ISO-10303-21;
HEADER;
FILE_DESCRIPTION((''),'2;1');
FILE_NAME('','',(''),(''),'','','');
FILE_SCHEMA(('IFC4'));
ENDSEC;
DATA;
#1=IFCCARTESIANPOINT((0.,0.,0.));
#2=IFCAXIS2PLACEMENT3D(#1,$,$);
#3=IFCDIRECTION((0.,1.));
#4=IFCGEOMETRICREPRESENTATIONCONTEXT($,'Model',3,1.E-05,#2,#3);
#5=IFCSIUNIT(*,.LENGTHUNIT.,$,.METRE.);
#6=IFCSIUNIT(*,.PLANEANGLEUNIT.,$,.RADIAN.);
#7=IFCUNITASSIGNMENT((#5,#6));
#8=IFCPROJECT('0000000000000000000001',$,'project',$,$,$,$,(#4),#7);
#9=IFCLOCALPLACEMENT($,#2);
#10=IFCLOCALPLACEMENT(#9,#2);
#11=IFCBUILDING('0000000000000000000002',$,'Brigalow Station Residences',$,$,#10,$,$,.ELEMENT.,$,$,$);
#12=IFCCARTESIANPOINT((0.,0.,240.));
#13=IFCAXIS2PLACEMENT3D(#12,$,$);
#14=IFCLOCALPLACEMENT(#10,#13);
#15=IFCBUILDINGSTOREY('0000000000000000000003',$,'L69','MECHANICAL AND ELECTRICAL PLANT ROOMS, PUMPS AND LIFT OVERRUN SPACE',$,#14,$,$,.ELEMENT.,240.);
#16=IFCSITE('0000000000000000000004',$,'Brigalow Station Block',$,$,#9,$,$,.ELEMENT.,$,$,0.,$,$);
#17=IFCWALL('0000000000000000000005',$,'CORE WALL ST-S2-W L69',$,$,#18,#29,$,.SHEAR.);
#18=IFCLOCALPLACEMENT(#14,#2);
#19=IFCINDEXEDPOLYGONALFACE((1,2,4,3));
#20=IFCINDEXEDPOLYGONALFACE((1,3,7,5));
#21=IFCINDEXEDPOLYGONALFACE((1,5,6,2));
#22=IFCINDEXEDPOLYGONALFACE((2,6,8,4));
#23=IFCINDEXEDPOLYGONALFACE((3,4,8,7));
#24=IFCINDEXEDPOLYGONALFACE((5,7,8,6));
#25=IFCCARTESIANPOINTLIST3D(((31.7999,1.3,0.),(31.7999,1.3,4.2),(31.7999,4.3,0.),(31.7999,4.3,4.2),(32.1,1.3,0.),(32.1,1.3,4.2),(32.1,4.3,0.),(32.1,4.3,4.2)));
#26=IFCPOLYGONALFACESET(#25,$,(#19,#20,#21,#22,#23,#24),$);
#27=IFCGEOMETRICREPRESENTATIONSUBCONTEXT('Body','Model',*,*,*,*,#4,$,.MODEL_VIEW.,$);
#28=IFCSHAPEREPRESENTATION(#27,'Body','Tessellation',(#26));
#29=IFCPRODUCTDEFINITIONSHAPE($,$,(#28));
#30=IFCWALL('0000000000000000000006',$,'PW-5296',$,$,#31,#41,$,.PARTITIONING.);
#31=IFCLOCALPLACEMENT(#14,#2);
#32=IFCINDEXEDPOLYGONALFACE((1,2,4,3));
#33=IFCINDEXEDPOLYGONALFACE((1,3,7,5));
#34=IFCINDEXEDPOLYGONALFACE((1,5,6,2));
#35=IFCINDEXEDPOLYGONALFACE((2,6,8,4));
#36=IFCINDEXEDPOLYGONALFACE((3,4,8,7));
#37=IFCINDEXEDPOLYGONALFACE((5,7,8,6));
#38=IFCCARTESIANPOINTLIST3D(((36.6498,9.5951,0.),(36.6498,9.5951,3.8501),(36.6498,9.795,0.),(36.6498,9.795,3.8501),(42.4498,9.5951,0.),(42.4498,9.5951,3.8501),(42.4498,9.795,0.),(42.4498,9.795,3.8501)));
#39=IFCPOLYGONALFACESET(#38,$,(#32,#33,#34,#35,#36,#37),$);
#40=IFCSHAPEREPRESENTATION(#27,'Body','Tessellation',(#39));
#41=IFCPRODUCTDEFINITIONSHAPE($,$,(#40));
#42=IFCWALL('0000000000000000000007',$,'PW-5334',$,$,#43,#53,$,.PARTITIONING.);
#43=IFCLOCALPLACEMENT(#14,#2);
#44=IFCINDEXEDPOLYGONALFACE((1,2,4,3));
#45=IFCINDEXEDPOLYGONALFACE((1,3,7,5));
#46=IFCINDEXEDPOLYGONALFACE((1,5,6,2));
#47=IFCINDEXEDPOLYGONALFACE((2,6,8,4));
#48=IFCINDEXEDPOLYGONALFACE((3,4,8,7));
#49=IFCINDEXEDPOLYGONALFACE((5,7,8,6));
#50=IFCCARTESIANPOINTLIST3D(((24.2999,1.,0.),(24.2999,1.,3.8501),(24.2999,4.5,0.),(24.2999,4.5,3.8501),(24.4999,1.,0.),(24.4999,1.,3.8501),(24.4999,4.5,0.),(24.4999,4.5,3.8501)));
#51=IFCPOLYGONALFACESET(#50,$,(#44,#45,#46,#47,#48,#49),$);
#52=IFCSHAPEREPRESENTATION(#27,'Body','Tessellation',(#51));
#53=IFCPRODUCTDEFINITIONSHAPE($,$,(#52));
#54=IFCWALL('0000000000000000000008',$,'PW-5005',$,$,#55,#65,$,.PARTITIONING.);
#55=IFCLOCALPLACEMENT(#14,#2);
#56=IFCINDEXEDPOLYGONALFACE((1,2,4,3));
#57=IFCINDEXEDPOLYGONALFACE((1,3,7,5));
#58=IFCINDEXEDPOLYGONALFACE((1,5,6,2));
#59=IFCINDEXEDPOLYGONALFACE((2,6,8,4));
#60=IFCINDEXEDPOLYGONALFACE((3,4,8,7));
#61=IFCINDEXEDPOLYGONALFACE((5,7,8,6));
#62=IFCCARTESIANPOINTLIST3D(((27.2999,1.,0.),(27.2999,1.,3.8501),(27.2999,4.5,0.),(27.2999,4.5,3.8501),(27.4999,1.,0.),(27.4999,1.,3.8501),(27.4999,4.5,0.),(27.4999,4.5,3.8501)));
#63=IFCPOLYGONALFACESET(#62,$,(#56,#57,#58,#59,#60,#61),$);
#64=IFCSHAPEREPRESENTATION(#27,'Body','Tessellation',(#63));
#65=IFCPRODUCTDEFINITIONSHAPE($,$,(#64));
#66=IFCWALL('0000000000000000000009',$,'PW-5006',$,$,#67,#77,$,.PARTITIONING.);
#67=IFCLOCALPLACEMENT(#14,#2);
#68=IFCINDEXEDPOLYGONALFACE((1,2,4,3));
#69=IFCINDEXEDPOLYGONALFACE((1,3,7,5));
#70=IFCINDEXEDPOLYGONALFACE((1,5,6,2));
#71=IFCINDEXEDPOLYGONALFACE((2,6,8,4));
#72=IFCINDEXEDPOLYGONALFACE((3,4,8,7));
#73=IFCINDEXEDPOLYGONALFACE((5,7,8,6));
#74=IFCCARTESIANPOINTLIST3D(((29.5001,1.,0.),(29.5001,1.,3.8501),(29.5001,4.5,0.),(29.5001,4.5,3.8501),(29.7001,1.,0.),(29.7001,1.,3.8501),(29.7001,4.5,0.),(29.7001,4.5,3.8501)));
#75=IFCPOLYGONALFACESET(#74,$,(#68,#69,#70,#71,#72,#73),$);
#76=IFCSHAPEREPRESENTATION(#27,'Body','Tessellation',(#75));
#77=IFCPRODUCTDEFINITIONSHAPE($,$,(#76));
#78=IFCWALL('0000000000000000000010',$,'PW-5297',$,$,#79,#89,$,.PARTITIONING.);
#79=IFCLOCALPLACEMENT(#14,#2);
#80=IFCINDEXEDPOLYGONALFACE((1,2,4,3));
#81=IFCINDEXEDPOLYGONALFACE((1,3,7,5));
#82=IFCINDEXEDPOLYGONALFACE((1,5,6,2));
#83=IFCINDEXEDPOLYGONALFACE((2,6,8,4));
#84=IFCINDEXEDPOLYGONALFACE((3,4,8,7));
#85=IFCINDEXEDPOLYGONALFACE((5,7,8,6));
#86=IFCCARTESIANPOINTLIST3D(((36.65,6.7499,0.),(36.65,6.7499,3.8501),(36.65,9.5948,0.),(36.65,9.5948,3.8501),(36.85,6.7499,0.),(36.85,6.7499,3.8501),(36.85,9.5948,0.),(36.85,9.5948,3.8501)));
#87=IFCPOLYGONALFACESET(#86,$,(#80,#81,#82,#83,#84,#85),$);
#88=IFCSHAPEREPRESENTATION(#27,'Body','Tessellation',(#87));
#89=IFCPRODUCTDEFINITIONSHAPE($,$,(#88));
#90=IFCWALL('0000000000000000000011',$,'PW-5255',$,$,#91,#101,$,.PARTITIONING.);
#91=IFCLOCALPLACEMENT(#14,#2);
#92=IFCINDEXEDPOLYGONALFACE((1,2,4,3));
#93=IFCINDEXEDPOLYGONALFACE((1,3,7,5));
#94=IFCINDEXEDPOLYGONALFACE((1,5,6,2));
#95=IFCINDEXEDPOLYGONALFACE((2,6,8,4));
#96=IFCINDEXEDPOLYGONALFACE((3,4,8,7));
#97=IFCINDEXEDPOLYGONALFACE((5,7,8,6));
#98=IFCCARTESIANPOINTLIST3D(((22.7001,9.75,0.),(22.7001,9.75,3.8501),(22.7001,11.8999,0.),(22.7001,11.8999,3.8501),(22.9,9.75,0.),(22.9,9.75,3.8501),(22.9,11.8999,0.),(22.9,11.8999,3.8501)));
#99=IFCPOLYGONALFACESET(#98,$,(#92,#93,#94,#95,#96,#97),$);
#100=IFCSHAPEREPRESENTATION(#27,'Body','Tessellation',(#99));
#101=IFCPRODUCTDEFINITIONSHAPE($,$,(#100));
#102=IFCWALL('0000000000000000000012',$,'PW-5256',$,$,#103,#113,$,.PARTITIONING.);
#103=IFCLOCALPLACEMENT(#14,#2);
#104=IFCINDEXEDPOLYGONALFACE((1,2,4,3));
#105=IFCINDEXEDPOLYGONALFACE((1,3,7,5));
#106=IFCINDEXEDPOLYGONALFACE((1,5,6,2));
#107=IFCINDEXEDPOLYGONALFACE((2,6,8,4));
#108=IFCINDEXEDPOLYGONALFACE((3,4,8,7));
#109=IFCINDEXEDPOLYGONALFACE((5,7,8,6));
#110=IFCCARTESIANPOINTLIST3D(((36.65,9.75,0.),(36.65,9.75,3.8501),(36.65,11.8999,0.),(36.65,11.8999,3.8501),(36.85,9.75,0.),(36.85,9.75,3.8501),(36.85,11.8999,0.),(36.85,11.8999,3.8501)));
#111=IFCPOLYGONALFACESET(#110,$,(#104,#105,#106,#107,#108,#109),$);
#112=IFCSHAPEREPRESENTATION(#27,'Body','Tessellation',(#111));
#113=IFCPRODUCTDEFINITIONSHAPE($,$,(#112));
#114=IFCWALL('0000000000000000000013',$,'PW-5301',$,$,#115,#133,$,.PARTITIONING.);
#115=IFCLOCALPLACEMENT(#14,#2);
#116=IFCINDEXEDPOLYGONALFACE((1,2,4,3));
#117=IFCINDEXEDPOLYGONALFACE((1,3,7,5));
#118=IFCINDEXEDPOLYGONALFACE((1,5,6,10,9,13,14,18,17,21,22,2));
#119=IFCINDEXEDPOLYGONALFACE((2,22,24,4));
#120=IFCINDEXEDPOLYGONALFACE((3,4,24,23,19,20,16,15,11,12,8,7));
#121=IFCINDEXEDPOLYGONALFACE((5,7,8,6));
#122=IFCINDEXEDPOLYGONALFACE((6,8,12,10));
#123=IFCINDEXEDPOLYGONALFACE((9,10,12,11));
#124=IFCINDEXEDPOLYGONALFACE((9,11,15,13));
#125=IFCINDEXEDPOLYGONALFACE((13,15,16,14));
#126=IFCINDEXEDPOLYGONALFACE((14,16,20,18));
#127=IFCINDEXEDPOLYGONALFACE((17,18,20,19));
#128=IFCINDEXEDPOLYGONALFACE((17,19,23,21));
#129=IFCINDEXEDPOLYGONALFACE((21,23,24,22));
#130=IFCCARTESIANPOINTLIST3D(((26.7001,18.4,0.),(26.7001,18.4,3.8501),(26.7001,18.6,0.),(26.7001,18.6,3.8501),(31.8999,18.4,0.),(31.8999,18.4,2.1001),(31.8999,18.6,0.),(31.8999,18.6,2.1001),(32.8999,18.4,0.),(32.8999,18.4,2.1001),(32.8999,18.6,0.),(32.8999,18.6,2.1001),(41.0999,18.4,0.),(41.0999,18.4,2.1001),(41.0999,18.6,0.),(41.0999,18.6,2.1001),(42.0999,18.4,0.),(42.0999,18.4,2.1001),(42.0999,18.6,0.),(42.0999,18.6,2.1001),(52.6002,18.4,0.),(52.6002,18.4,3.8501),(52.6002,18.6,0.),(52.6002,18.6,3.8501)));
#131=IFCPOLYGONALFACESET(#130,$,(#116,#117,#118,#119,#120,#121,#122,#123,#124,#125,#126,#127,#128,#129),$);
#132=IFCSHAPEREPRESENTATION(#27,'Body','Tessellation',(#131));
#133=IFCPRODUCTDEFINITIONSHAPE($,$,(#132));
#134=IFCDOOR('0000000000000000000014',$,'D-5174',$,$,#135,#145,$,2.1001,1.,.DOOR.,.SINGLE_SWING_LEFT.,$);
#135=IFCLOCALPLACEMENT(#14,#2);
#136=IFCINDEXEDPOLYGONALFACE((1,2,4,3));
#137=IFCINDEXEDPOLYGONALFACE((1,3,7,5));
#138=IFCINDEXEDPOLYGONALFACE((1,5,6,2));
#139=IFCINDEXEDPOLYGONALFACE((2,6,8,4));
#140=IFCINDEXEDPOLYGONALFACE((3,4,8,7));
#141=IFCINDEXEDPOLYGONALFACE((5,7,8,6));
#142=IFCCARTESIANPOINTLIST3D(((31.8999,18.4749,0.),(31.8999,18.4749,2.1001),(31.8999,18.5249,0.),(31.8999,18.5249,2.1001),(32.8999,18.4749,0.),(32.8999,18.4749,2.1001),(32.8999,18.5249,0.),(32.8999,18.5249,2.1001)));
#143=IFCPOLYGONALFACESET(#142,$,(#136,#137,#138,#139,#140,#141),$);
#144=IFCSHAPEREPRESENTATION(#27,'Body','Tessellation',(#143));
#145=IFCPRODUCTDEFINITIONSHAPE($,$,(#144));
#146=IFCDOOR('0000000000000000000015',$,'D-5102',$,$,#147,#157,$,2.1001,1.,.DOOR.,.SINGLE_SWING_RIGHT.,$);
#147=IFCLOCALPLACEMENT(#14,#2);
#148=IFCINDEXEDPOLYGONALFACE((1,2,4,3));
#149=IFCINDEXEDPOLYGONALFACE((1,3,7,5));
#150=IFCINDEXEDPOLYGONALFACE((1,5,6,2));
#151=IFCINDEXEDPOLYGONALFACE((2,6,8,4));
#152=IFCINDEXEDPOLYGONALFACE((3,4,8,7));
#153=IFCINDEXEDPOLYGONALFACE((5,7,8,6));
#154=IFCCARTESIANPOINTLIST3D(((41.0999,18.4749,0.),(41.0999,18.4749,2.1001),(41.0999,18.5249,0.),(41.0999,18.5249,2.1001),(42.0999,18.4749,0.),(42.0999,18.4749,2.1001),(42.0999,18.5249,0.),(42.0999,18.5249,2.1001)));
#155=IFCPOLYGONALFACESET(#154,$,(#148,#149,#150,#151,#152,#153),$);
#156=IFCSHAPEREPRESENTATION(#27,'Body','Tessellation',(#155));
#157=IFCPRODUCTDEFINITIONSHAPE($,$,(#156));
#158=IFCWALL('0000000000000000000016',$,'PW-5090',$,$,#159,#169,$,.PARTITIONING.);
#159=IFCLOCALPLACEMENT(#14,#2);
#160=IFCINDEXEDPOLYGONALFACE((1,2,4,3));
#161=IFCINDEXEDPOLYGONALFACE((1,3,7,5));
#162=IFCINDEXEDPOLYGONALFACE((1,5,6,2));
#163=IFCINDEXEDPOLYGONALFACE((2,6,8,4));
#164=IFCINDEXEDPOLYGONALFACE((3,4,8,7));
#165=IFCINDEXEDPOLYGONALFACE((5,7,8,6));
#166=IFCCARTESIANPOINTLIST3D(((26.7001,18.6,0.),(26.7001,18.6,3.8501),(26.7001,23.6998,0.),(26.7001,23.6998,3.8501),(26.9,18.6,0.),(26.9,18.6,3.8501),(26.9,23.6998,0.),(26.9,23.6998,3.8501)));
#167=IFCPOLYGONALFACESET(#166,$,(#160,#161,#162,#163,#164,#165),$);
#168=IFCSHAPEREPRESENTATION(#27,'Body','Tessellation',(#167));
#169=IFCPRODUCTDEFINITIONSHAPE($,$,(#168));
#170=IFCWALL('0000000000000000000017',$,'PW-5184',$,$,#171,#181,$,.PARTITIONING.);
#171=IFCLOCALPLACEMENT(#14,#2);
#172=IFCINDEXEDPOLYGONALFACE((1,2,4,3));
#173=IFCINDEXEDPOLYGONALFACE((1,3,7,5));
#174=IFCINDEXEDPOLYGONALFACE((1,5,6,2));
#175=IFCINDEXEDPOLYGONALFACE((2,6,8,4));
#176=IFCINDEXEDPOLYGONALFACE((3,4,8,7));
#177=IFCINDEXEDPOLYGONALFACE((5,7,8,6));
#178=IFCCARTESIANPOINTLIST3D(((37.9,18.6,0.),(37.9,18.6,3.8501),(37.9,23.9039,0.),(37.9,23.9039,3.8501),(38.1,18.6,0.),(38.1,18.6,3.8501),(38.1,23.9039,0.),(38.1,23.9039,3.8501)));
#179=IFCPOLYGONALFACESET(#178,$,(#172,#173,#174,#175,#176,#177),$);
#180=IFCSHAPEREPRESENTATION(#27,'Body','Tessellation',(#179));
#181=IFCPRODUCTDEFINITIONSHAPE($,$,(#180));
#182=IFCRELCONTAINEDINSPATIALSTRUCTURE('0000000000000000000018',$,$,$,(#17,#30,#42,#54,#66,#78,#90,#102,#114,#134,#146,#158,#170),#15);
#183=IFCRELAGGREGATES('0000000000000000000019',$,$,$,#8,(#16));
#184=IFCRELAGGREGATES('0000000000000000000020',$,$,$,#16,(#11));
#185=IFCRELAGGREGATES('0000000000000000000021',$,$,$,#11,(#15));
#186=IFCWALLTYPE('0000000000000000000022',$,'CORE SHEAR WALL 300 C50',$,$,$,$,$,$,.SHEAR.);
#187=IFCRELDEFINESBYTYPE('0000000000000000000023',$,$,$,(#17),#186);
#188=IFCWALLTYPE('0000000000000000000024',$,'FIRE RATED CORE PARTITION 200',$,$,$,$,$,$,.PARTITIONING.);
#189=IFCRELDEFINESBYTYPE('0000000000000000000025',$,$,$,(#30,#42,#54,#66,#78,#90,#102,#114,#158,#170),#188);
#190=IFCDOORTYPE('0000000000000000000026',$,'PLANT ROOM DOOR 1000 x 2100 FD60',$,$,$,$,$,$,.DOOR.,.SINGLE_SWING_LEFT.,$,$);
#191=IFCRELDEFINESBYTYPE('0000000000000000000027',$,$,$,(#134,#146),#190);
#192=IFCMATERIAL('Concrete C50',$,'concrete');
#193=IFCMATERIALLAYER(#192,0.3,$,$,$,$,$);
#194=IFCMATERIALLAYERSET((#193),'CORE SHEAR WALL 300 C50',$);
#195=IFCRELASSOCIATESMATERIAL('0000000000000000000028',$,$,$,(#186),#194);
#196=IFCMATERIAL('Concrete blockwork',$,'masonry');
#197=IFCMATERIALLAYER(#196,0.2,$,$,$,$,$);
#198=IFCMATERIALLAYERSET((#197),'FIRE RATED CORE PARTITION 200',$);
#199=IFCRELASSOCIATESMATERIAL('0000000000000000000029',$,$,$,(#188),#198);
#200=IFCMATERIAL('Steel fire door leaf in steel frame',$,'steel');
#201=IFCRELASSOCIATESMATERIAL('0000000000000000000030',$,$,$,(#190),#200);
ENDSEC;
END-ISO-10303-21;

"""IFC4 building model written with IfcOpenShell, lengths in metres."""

from ifc_helpers import new_model, si_unit, direction, frame, frame_2d, origin, place, context, subcontext, project, spatial, rectangle, extrude, material, layer, layer_set, type_object, element, fill, save


model = new_model("IFC4")

# Units and contexts
model_context = context("Model", 3, precision=1e-05, world=origin(), true_north=direction((0.0, 1.0)))
body_context = subcontext(model_context, "Body", "Model", "MODEL_VIEW")
ifc_project = project(units=[si_unit("LENGTHUNIT", "METRE"), si_unit("PLANEANGLEUNIT", "RADIAN")], contexts=[model_context])

# Site, building, storey
site_placement = place(None, origin())
site = spatial("IfcSite", under=ifc_project, at=site_placement, Name="Brigalow Station Block", CompositionType="ELEMENT", RefElevation=0.0)
building_placement = place(site_placement, origin())
building = spatial("IfcBuilding", under=site, at=building_placement, Name="Brigalow Station Residences", CompositionType="ELEMENT")
storey_placement = place(building_placement, frame((0.0, 0.0, 240.0)))
storey = spatial("IfcBuildingStorey", under=building, at=storey_placement, Name="L69", Description="MECHANICAL AND ELECTRICAL PLANT ROOMS, PUMPS AND LIFT OVERRUN SPACE", CompositionType="ELEMENT", Elevation=240.0)

# Shared definitions
ifc_material_1 = material(Name="Concrete C50", Category="concrete")
ifc_layer_1 = layer(ifc_material_1, 0.3)
ifc_layer_set_1 = layer_set([ifc_layer_1], Name="CORE SHEAR WALL 300 C50")
wall_type_1 = type_object("IfcWallType", Name="CORE SHEAR WALL 300 C50", PredefinedType="SHEAR", material=ifc_layer_set_1)

# Walls
wall_1_placement = place(storey_placement, frame((31.95, 1.3, 0.0), z_axis=(0.0, 0.0, 1.0), x_axis=(0.0, 1.0, 0.0)))
element("IfcWall", 1, at=wall_1_placement, inside=storey, type_object=wall_type_1, Name="CORE WALL ST-S2-W L69", PredefinedType="SHEAR", context=body_context, shape_type="SweptSolid", body=[
    extrude(rectangle(XDim=3.0, YDim=0.3, at=frame_2d((1.5, 0.0))), origin(), (0.0, 0.0, 1.0), 4.2),
])
ifc_material_2 = material(Name="Concrete blockwork", Category="masonry")
ifc_layer_2 = layer(ifc_material_2, 0.2)
ifc_layer_set_2 = layer_set([ifc_layer_2], Name="FIRE RATED CORE PARTITION 200")
wall_type_2 = type_object("IfcWallType", Name="FIRE RATED CORE PARTITION 200", PredefinedType="PARTITIONING", material=ifc_layer_set_2)
wall_2_placement = place(storey_placement, frame((36.6499, 9.6951, 0.0), z_axis=(0.0, 0.0, 1.0), x_axis=(1.0, 0.0, 0.0)))
element("IfcWall", 2, at=wall_2_placement, inside=storey, type_object=wall_type_2, Name="PW-5296", PredefinedType="PARTITIONING", context=body_context, shape_type="SweptSolid", body=[
    extrude(rectangle(XDim=5.8, YDim=0.2, at=frame_2d((2.8999, 0.0))), origin(), (0.0, 0.0, 1.0), 3.8501),
])
for number, where, z_axis, x_axis, name in (
    (3, (24.3999, 1.0, 0.0), (0.0, 0.0, 1.0), (0.0, 1.0, 0.0), "PW-5334"),
    (4, (27.3999, 1.0, 0.0), (0.0, 0.0, 1.0), (0.0, 1.0, 0.0), "PW-5005"),
    (5, (29.6001, 1.0, 0.0), (0.0, 0.0, 1.0), (0.0, 1.0, 0.0), "PW-5006"),
):
    element("IfcWall", number, at=place(storey_placement, frame(where, z_axis=z_axis, x_axis=x_axis)), inside=storey, type_object=wall_type_2, Name=name, PredefinedType="PARTITIONING", context=body_context, shape_type="SweptSolid", body=[
        extrude(rectangle(XDim=3.5, YDim=0.2, at=frame_2d((1.75, 0.0))), origin(), (0.0, 0.0, 1.0), 3.8501),
    ])
wall_3_placement = place(storey_placement, frame((36.75, 6.75, 0.0), z_axis=(0.0, 0.0, 1.0), x_axis=(0.0, 1.0, 0.0)))
element("IfcWall", 6, at=wall_3_placement, inside=storey, type_object=wall_type_2, Name="PW-5297", PredefinedType="PARTITIONING", context=body_context, shape_type="SweptSolid", body=[
    extrude(rectangle(XDim=2.845, YDim=0.2, at=frame_2d((1.4224, 0.0))), origin(), (0.0, 0.0, 1.0), 3.8501),
])
for number, where, z_axis, x_axis, name in (
    (7, (22.8, 9.75, 0.0), (0.0, 0.0, 1.0), (0.0, 1.0, 0.0), "PW-5255"),
    (8, (36.75, 9.75, 0.0), (0.0, 0.0, 1.0), (0.0, 1.0, 0.0), "PW-5256"),
):
    element("IfcWall", number, at=place(storey_placement, frame(where, z_axis=z_axis, x_axis=x_axis)), inside=storey, type_object=wall_type_2, Name=name, PredefinedType="PARTITIONING", context=body_context, shape_type="SweptSolid", body=[
        extrude(rectangle(XDim=2.1499, YDim=0.2, at=frame_2d((1.075, 0.0))), origin(), (0.0, 0.0, 1.0), 3.8501),
    ])

# Wall, openings, doors
wall_4_placement = place(storey_placement, frame((26.7, 18.5, 0.0), z_axis=(0.0, 0.0, 1.0), x_axis=(1.0, 0.0, 0.0)))
wall_4 = element("IfcWall", 9, at=wall_4_placement, inside=storey, type_object=wall_type_2, Name="PW-5301", PredefinedType="PARTITIONING", context=body_context, shape_type="SweptSolid", body=[
    extrude(rectangle(XDim=25.9001, YDim=0.2, at=frame_2d((12.9502, 0.0))), origin(), (0.0, 0.0, 1.0), 3.8501),
])
opening_1_placement = place(wall_4_placement, frame((5.2, 0.0, 0.0)))
opening_1 = element("IfcOpeningElement", 10, at=opening_1_placement, cuts=wall_4, PredefinedType="OPENING", context=body_context, shape_type="SweptSolid", body=[
    extrude(rectangle(XDim=1.0, YDim=2.1001, at=frame_2d((0.5, 1.05))), frame((0.0, 0.1099, 0.0), z_axis=(0.0, -1.0, 0.0), x_axis=(1.0, 0.0, 0.0)), (0.0, 0.0, 1.0), 0.22),
])
opening_2_placement = place(wall_4_placement, frame((14.3999, 0.0, 0.0)))
opening_2 = element("IfcOpeningElement", 11, at=opening_2_placement, cuts=wall_4, PredefinedType="OPENING", context=body_context, shape_type="SweptSolid", body=[
    extrude(rectangle(XDim=1.0, YDim=2.1001, at=frame_2d((0.5, 1.05))), frame((0.0, 0.1099, 0.0), z_axis=(0.0, -1.0, 0.0), x_axis=(1.0, 0.0, 0.0)), (0.0, 0.0, 1.0), 0.22),
])
ifc_material_3 = material(Name="Steel fire door leaf in steel frame", Category="steel")
door_type_1 = type_object("IfcDoorType", Name="PLANT ROOM DOOR 1000 x 2100 FD60", OperationType="SINGLE_SWING_LEFT", PredefinedType="DOOR", material=ifc_material_3)
door_1_placement = place(opening_1_placement, origin())
door_1 = element("IfcDoor", 12, at=door_1_placement, inside=storey, type_object=door_type_1, Name="D-5174", OperationType="SINGLE_SWING_LEFT", OverallHeight=2.1001, OverallWidth=1.0, PredefinedType="DOOR", context=body_context, shape_type="SweptSolid", body=[
    extrude(rectangle(XDim=1.0, YDim=2.1001, at=frame_2d((0.5, 1.05))), frame((0.0, 0.0249, 0.0), z_axis=(0.0, -1.0, 0.0), x_axis=(1.0, 0.0, 0.0)), (0.0, 0.0, 1.0), 0.05),
])
fill(opening_1, door_1)
door_2_placement = place(opening_2_placement, origin())
door_2 = element("IfcDoor", 13, at=door_2_placement, inside=storey, type_object=door_type_1, Name="D-5102", OperationType="SINGLE_SWING_RIGHT", OverallHeight=2.1001, OverallWidth=1.0, PredefinedType="DOOR", context=body_context, shape_type="SweptSolid", body=[
    extrude(rectangle(XDim=1.0, YDim=2.1001, at=frame_2d((0.5, 1.05))), frame((0.0, 0.0249, 0.0), z_axis=(0.0, -1.0, 0.0), x_axis=(1.0, 0.0, 0.0)), (0.0, 0.0, 1.0), 0.05),
])
fill(opening_2, door_2)

# Walls
wall_5_placement = place(storey_placement, frame((26.8, 18.6001, 0.0), z_axis=(0.0, 0.0, 1.0), x_axis=(0.0, 1.0, 0.0)))
element("IfcWall", 14, at=wall_5_placement, inside=storey, type_object=wall_type_2, Name="PW-5090", PredefinedType="PARTITIONING", context=body_context, shape_type="SweptSolid", body=[
    extrude(rectangle(XDim=5.0999, YDim=0.2, at=frame_2d((2.5498, 0.0))), origin(), (0.0, 0.0, 1.0), 3.8501),
])
wall_6_placement = place(storey_placement, frame((38.0, 18.6001, 0.0), z_axis=(0.0, 0.0, 1.0), x_axis=(0.0, 1.0, 0.0)))
element("IfcWall", 15, at=wall_6_placement, inside=storey, type_object=wall_type_2, Name="PW-5184", PredefinedType="PARTITIONING", context=body_context, shape_type="SweptSolid", body=[
    extrude(rectangle(XDim=5.304, YDim=0.2, at=frame_2d((2.6519, 0.0))), origin(), (0.0, 0.0, 1.0), 3.8501),
])

save(model, "model.ifc")
